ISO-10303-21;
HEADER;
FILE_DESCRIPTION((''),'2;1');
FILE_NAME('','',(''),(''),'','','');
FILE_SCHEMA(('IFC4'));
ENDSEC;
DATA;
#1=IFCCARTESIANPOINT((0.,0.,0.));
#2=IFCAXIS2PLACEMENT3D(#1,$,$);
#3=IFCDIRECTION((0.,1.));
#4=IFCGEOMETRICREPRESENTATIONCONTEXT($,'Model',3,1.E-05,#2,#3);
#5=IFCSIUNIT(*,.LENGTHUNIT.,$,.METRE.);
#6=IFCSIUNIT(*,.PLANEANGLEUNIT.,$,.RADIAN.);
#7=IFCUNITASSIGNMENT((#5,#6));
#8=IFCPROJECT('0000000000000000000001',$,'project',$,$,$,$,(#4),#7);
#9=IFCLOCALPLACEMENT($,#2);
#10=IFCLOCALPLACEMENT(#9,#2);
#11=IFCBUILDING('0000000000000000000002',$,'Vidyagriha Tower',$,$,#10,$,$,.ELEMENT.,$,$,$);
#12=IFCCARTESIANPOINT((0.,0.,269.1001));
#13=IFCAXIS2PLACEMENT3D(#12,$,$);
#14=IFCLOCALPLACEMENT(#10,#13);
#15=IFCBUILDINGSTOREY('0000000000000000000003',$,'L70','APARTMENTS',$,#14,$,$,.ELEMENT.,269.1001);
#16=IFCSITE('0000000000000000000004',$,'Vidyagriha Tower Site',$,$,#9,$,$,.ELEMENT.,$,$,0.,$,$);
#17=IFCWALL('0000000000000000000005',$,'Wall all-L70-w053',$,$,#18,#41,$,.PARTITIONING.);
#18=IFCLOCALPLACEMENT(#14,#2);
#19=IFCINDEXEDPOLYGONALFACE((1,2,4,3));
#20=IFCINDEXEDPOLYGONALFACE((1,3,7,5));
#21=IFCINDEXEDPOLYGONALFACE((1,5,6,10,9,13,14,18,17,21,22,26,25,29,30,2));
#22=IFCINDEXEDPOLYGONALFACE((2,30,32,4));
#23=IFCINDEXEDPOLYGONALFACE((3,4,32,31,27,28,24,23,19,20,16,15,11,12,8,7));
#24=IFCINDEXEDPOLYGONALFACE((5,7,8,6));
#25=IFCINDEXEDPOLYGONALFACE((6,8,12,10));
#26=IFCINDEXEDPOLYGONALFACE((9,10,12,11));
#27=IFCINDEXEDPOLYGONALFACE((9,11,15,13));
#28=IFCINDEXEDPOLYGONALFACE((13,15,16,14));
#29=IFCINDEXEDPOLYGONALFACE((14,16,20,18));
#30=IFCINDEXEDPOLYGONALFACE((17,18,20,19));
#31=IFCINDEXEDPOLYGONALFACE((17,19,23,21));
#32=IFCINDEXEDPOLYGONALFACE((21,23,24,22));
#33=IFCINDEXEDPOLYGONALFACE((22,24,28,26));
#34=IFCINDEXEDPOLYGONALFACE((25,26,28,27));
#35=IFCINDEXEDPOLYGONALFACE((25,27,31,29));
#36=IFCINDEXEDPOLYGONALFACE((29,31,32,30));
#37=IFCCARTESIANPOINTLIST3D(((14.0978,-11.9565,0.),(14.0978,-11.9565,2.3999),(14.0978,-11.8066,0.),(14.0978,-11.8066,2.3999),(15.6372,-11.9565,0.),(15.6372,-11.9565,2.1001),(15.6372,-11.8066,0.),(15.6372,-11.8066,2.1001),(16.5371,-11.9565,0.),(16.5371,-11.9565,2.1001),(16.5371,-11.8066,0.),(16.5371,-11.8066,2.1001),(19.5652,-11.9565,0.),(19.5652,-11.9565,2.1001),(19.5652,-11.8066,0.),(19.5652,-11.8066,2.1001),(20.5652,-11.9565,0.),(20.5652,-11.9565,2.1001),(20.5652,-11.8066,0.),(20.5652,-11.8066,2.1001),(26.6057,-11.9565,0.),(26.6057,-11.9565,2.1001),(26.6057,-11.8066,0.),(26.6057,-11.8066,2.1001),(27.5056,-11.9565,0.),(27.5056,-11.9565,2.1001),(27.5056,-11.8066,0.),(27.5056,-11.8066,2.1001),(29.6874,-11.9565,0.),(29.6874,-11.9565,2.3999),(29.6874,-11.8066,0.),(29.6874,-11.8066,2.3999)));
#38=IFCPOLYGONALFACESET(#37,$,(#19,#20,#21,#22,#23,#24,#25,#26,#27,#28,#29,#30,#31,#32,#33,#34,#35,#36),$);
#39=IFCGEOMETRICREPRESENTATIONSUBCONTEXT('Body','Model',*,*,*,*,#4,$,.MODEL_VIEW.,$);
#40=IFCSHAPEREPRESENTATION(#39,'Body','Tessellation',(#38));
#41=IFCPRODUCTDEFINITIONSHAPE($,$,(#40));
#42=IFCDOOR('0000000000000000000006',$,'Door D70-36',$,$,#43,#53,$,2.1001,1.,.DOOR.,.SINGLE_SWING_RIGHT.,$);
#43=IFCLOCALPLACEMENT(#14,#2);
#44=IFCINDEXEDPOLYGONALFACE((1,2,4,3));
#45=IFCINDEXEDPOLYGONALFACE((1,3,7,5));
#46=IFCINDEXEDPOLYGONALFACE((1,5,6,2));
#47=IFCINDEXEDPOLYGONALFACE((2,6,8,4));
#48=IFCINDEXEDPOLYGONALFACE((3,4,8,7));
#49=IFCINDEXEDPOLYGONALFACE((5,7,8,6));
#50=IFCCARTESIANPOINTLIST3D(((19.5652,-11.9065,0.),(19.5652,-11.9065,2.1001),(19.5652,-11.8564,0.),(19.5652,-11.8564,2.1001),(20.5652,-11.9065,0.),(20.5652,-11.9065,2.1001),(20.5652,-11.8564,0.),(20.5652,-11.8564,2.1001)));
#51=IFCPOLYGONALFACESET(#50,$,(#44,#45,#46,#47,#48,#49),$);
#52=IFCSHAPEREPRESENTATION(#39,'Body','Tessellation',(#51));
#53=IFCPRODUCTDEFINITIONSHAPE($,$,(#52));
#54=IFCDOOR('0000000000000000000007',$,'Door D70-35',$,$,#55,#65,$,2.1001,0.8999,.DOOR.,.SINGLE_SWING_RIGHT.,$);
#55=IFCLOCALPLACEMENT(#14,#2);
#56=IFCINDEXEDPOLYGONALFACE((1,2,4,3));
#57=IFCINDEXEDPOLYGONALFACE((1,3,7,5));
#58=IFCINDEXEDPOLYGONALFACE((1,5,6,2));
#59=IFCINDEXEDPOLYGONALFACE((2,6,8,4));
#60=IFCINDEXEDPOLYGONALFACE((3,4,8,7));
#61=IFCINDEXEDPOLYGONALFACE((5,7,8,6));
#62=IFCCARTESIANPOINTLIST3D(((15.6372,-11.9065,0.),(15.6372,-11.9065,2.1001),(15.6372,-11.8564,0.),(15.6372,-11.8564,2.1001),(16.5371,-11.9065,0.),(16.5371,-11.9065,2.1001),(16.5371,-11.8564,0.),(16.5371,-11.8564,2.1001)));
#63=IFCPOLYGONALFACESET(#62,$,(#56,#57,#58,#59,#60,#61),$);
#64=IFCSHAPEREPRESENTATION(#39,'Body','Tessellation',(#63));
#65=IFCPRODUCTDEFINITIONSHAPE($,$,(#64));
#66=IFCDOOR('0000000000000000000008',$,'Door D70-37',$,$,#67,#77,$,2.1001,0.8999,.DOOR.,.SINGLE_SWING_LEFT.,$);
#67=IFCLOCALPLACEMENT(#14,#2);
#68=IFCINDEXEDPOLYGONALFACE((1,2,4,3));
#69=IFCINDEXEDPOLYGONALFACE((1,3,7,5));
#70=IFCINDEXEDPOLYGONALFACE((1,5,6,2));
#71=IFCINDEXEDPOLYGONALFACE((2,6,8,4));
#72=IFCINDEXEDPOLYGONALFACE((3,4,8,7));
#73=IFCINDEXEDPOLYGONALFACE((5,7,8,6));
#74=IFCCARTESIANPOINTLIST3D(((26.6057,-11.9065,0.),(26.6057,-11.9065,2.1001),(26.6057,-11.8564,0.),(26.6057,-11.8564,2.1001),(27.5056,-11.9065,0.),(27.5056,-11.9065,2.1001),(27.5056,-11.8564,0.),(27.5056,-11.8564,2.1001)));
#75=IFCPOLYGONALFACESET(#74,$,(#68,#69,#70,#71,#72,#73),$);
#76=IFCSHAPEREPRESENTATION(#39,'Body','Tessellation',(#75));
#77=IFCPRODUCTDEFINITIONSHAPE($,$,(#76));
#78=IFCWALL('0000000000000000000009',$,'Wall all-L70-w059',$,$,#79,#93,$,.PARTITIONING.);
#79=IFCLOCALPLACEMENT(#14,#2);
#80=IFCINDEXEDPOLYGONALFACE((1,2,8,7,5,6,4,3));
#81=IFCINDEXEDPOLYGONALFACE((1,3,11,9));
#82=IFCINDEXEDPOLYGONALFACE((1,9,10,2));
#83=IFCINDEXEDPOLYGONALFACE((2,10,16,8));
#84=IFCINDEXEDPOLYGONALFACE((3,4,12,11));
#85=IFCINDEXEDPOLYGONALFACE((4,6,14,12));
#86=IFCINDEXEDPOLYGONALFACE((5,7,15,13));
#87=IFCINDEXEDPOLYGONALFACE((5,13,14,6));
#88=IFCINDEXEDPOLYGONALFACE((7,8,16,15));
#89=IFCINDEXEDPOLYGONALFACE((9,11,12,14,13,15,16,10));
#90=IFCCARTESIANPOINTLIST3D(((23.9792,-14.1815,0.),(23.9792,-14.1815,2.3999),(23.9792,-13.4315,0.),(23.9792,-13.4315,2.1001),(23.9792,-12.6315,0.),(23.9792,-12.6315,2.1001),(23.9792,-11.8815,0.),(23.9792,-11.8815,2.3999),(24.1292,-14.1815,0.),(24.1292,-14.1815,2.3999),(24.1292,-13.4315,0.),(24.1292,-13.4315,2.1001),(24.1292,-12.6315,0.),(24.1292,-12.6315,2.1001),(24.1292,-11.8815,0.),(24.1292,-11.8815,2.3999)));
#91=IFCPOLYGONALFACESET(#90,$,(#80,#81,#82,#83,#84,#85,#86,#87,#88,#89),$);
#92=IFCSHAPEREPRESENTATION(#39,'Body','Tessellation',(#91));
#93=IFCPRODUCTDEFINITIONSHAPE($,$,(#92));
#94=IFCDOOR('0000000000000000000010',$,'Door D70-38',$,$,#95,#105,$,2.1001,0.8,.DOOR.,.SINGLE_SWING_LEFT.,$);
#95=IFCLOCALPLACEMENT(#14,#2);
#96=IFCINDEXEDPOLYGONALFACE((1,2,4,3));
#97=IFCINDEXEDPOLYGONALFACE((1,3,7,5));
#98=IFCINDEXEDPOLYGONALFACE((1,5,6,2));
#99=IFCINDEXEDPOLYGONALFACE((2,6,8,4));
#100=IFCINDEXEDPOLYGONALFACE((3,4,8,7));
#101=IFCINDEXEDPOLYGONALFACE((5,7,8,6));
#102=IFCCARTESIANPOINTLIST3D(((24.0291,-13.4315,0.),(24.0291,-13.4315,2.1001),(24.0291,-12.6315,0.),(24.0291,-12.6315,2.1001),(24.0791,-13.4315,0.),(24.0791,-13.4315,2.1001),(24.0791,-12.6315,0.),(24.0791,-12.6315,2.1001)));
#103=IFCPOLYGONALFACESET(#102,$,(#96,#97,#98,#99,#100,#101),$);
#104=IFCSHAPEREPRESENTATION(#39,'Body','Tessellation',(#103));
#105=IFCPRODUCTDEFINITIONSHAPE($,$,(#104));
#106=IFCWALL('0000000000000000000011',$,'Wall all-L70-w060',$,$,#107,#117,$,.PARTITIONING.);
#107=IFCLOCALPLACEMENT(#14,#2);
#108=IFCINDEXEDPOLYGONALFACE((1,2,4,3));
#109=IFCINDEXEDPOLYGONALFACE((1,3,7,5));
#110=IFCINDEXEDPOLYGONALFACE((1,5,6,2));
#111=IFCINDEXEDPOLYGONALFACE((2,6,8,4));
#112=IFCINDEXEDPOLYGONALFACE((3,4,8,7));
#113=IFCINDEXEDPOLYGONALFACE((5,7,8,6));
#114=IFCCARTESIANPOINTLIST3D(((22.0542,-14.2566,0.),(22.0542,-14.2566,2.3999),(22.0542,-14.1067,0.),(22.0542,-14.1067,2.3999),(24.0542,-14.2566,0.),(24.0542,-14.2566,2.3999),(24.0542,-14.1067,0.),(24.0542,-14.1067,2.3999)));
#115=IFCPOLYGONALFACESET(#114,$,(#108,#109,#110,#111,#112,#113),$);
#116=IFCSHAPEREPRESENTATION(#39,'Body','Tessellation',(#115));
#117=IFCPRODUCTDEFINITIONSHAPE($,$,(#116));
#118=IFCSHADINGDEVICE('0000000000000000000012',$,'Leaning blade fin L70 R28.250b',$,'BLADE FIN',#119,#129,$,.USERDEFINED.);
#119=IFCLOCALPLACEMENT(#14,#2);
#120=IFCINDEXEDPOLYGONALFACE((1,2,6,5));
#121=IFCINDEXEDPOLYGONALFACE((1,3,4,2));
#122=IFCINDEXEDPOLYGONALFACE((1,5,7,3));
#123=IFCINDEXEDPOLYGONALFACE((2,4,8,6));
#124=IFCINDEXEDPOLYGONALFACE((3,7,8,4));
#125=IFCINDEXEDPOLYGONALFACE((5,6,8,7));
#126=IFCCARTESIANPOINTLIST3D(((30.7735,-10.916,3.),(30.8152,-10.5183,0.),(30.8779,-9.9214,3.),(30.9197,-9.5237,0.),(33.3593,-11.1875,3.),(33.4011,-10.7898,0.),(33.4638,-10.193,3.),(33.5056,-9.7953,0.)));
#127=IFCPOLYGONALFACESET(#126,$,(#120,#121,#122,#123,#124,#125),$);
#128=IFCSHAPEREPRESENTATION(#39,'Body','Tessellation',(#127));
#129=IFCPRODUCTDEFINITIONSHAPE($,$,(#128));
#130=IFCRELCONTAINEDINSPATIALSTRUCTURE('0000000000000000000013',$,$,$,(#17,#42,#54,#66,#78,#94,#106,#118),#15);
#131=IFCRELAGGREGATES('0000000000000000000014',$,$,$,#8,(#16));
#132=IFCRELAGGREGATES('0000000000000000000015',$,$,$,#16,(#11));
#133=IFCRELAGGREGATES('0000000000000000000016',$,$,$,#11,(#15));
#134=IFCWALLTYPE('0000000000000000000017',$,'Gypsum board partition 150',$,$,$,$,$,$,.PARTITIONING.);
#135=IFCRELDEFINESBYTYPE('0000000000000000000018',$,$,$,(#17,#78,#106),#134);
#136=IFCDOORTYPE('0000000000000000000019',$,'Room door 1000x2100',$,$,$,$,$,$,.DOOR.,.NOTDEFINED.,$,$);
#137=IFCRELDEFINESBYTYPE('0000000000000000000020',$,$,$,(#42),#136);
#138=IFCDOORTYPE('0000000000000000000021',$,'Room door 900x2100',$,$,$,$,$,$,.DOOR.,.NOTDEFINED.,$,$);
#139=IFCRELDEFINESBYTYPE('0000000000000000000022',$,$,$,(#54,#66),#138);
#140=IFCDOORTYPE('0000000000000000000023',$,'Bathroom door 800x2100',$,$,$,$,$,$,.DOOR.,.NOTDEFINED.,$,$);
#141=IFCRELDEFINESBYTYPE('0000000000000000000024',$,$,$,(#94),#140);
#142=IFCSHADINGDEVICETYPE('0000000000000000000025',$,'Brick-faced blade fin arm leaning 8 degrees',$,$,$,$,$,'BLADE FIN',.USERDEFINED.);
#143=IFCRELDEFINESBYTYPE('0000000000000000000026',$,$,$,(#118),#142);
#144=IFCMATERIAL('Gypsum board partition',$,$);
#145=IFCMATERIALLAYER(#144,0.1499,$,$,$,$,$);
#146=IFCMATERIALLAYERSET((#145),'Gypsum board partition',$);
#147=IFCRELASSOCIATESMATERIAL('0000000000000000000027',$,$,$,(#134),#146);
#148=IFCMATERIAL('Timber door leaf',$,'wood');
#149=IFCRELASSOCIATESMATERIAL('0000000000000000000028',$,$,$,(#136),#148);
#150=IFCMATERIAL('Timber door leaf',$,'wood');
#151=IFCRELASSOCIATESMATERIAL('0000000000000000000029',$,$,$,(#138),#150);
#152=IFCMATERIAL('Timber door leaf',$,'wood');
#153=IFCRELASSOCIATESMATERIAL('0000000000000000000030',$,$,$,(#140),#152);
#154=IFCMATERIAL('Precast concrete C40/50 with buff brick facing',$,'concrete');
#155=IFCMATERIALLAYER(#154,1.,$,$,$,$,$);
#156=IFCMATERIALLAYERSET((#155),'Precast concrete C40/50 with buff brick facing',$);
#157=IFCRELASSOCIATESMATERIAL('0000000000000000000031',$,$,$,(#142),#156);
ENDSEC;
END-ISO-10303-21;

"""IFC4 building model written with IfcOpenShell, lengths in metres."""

from ifc_helpers import new_model, si_unit, direction, frame, frame_2d, origin, place, context, subcontext, project, spatial, polyline, rectangle, outline, extrude, material, layer, layer_set, type_object, element, fill, save


model = new_model("IFC4")

# Units and contexts
model_context = context("Model", 3, precision=1e-05, world=origin(), true_north=direction((0.0, 1.0)))
body_context = subcontext(model_context, "Body", "Model", "MODEL_VIEW")
ifc_project = project(units=[si_unit("LENGTHUNIT", "METRE"), si_unit("PLANEANGLEUNIT", "RADIAN")], contexts=[model_context])

# Site, building, storey
site_placement = place(None, origin())
site = spatial("IfcSite", under=ifc_project, at=site_placement, Name="Vidyagriha Tower Site", CompositionType="ELEMENT", RefElevation=0.0)
building_placement = place(site_placement, origin())
building = spatial("IfcBuilding", under=site, at=building_placement, Name="Vidyagriha Tower", CompositionType="ELEMENT")
storey_placement = place(building_placement, frame((0.0, 0.0, 269.1001)))
storey = spatial("IfcBuildingStorey", under=building, at=storey_placement, Name="L70", Description="APARTMENTS", CompositionType="ELEMENT", Elevation=269.1001)

# Wall, openings, doors
ifc_material_1 = material(Name="Gypsum board partition")
ifc_layer_1 = layer(ifc_material_1, 0.1499)
ifc_layer_set_1 = layer_set([ifc_layer_1], Name="Gypsum board partition")
wall_type_1 = type_object("IfcWallType", Name="Gypsum board partition 150", PredefinedType="PARTITIONING", material=ifc_layer_set_1)
wall_1_placement = place(storey_placement, frame((29.6875, -11.8816, 0.0), z_axis=(0.0, 0.0, 1.0), x_axis=(-1.0, 0.0, 0.0)))
wall_1 = element("IfcWall", 1, at=wall_1_placement, inside=storey, type_object=wall_type_1, Name="Wall all-L70-w053", PredefinedType="PARTITIONING", context=body_context, shape_type="SweptSolid", body=[
    extrude(rectangle(XDim=15.5896, YDim=0.1499, at=frame_2d((7.7949, 0.0))), origin(), (0.0, 0.0, 1.0), 2.3999),
])
opening_1_placement = place(wall_1_placement, frame((13.1504, 0.0, 0.0)))
opening_1 = element("IfcOpeningElement", 2, at=opening_1_placement, cuts=wall_1, PredefinedType="OPENING", context=body_context, shape_type="SweptSolid", body=[
    extrude(rectangle(XDim=0.8999, YDim=2.1001, at=frame_2d((0.45, 1.05))), frame((0.0, 0.085, 0.0), z_axis=(0.0, -1.0, 0.0), x_axis=(1.0, 0.0, 0.0)), (0.0, 0.0, 1.0), 0.1699),
])
opening_2_placement = place(wall_1_placement, frame((9.1223, 0.0, 0.0)))
opening_2 = element("IfcOpeningElement", 3, at=opening_2_placement, cuts=wall_1, PredefinedType="OPENING", context=body_context, shape_type="SweptSolid", body=[
    extrude(rectangle(XDim=1.0, YDim=2.1001, at=frame_2d((0.5, 1.05))), frame((0.0, 0.085, 0.0), z_axis=(0.0, -1.0, 0.0), x_axis=(1.0, 0.0, 0.0)), (0.0, 0.0, 1.0), 0.1699),
])
opening_3_placement = place(wall_1_placement, frame((2.1819, 0.0, 0.0)))
opening_3 = element("IfcOpeningElement", 4, at=opening_3_placement, cuts=wall_1, PredefinedType="OPENING", context=body_context, shape_type="SweptSolid", body=[
    extrude(rectangle(XDim=0.8999, YDim=2.1001, at=frame_2d((0.45, 1.05))), frame((0.0, 0.085, 0.0), z_axis=(0.0, -1.0, 0.0), x_axis=(1.0, 0.0, 0.0)), (0.0, 0.0, 1.0), 0.1699),
])
ifc_material_2 = material(Name="Timber door leaf", Category="wood")
door_type_1 = type_object("IfcDoorType", Name="Room door 1000x2100", OperationType="NOTDEFINED", PredefinedType="DOOR", material=ifc_material_2)
door_1_placement = place(opening_2_placement, origin())
door_1 = element("IfcDoor", 5, at=door_1_placement, inside=storey, type_object=door_type_1, Name="Door D70-36", OperationType="SINGLE_SWING_RIGHT", OverallHeight=2.1001, OverallWidth=1.0, PredefinedType="DOOR", context=body_context, shape_type="SweptSolid", body=[
    extrude(rectangle(XDim=1.0, YDim=2.1001, at=frame_2d((0.5, 1.05))), frame((0.0, 0.0249, 0.0), z_axis=(0.0, -1.0, 0.0), x_axis=(1.0, 0.0, 0.0)), (0.0, 0.0, 1.0), 0.05),
])
fill(opening_2, door_1)
ifc_material_3 = material(Name="Timber door leaf", Category="wood")
door_type_2 = type_object("IfcDoorType", Name="Room door 900x2100", OperationType="NOTDEFINED", PredefinedType="DOOR", material=ifc_material_3)
door_2_placement = place(opening_1_placement, origin())
door_2 = element("IfcDoor", 6, at=door_2_placement, inside=storey, type_object=door_type_2, Name="Door D70-35", OperationType="SINGLE_SWING_RIGHT", OverallHeight=2.1001, OverallWidth=0.8999, PredefinedType="DOOR", context=body_context, shape_type="SweptSolid", body=[
    extrude(rectangle(XDim=0.8999, YDim=2.1001, at=frame_2d((0.45, 1.05))), frame((0.0, 0.0249, 0.0), z_axis=(0.0, -1.0, 0.0), x_axis=(1.0, 0.0, 0.0)), (0.0, 0.0, 1.0), 0.05),
])
fill(opening_1, door_2)
door_3_placement = place(opening_3_placement, origin())
door_3 = element("IfcDoor", 7, at=door_3_placement, inside=storey, type_object=door_type_2, Name="Door D70-37", OperationType="SINGLE_SWING_LEFT", OverallHeight=2.1001, OverallWidth=0.8999, PredefinedType="DOOR", context=body_context, shape_type="SweptSolid", body=[
    extrude(rectangle(XDim=0.8999, YDim=2.1001, at=frame_2d((0.45, 1.05))), frame((0.0, 0.0249, 0.0), z_axis=(0.0, -1.0, 0.0), x_axis=(1.0, 0.0, 0.0)), (0.0, 0.0, 1.0), 0.05),
])
fill(opening_3, door_3)

# Wall, opening, door
wall_2_placement = place(storey_placement, frame((24.0542, -11.8816, 0.0), z_axis=(0.0, 0.0, 1.0), x_axis=(0.0, -1.0, 0.0)))
wall_2 = element("IfcWall", 8, at=wall_2_placement, inside=storey, type_object=wall_type_1, Name="Wall all-L70-w059", PredefinedType="PARTITIONING", context=body_context, shape_type="SweptSolid", body=[
    extrude(rectangle(XDim=2.3, YDim=0.1499, at=frame_2d((1.1499, 0.0))), origin(), (0.0, 0.0, 1.0), 2.3999),
])
opening_4_placement = place(wall_2_placement, frame((0.75, 0.0, 0.0)))
opening_4 = element("IfcOpeningElement", 9, at=opening_4_placement, cuts=wall_2, PredefinedType="OPENING", context=body_context, shape_type="SweptSolid", body=[
    extrude(rectangle(XDim=0.8, YDim=2.1001, at=frame_2d((0.3999, 1.05))), frame((0.0, 0.085, 0.0), z_axis=(0.0, -1.0, 0.0), x_axis=(1.0, 0.0, 0.0)), (0.0, 0.0, 1.0), 0.1699),
])
ifc_material_4 = material(Name="Timber door leaf", Category="wood")
door_type_3 = type_object("IfcDoorType", Name="Bathroom door 800x2100", OperationType="NOTDEFINED", PredefinedType="DOOR", material=ifc_material_4)
door_4_placement = place(opening_4_placement, origin())
door_4 = element("IfcDoor", 10, at=door_4_placement, inside=storey, type_object=door_type_3, Name="Door D70-38", OperationType="SINGLE_SWING_LEFT", OverallHeight=2.1001, OverallWidth=0.8, PredefinedType="DOOR", context=body_context, shape_type="SweptSolid", body=[
    extrude(rectangle(XDim=0.8, YDim=2.1001, at=frame_2d((0.3999, 1.05))), frame((0.0, 0.0249, 0.0), z_axis=(0.0, -1.0, 0.0), x_axis=(1.0, 0.0, 0.0)), (0.0, 0.0, 1.0), 0.05),
])
fill(opening_4, door_4)

# Wall
wall_3_placement = place(storey_placement, frame((24.0542, -14.1816, 0.0), z_axis=(0.0, 0.0, 1.0), x_axis=(-1.0, 0.0, 0.0)))
element("IfcWall", 11, at=wall_3_placement, inside=storey, type_object=wall_type_1, Name="Wall all-L70-w060", PredefinedType="PARTITIONING", context=body_context, shape_type="SweptSolid", body=[
    extrude(rectangle(XDim=2.0, YDim=0.1499, at=frame_2d((1.0, 0.0))), origin(), (0.0, 0.0, 1.0), 2.3999),
])

# Shading device
ifc_material_5 = material(Name="Precast concrete C40/50 with buff brick facing", Category="concrete")
ifc_layer_2 = layer(ifc_material_5, 1.0)
ifc_layer_set_2 = layer_set([ifc_layer_2], Name="Precast concrete C40/50 with buff brick facing")
shading_device_type = type_object("IfcShadingDeviceType", Name="Brick-faced blade fin arm leaning 8 degrees", ElementType="BLADE FIN", PredefinedType="USERDEFINED", material=ifc_layer_set_2)
shading_device_placement = place(storey_placement, frame((32.0664, -11.0518, 0.0), z_axis=(0.0, 0.0, 1.0), x_axis=(0.10444, 0.994531, 0.0)))
element("IfcShadingDevice", 12, at=shading_device_placement, inside=storey, type_object=shading_device_type, Name="Leaning blade fin L70 R28.250b", ObjectType="BLADE FIN", PredefinedType="USERDEFINED", context=body_context, shape_type="SweptSolid", body=[
    extrude(outline(polyline([(0.3999, 0.0), (1.3999, 0.0), (1.0, 3.0), (0.0, 3.0), (0.3999, 0.0)])), frame((0.0, 1.3, 0.0), z_axis=(0.0, -1.0, 0.0), x_axis=(1.0, 0.0, 0.0)), (0.0, 0.0, 1.0), 2.6001),
])

save(model, "model.ifc")
